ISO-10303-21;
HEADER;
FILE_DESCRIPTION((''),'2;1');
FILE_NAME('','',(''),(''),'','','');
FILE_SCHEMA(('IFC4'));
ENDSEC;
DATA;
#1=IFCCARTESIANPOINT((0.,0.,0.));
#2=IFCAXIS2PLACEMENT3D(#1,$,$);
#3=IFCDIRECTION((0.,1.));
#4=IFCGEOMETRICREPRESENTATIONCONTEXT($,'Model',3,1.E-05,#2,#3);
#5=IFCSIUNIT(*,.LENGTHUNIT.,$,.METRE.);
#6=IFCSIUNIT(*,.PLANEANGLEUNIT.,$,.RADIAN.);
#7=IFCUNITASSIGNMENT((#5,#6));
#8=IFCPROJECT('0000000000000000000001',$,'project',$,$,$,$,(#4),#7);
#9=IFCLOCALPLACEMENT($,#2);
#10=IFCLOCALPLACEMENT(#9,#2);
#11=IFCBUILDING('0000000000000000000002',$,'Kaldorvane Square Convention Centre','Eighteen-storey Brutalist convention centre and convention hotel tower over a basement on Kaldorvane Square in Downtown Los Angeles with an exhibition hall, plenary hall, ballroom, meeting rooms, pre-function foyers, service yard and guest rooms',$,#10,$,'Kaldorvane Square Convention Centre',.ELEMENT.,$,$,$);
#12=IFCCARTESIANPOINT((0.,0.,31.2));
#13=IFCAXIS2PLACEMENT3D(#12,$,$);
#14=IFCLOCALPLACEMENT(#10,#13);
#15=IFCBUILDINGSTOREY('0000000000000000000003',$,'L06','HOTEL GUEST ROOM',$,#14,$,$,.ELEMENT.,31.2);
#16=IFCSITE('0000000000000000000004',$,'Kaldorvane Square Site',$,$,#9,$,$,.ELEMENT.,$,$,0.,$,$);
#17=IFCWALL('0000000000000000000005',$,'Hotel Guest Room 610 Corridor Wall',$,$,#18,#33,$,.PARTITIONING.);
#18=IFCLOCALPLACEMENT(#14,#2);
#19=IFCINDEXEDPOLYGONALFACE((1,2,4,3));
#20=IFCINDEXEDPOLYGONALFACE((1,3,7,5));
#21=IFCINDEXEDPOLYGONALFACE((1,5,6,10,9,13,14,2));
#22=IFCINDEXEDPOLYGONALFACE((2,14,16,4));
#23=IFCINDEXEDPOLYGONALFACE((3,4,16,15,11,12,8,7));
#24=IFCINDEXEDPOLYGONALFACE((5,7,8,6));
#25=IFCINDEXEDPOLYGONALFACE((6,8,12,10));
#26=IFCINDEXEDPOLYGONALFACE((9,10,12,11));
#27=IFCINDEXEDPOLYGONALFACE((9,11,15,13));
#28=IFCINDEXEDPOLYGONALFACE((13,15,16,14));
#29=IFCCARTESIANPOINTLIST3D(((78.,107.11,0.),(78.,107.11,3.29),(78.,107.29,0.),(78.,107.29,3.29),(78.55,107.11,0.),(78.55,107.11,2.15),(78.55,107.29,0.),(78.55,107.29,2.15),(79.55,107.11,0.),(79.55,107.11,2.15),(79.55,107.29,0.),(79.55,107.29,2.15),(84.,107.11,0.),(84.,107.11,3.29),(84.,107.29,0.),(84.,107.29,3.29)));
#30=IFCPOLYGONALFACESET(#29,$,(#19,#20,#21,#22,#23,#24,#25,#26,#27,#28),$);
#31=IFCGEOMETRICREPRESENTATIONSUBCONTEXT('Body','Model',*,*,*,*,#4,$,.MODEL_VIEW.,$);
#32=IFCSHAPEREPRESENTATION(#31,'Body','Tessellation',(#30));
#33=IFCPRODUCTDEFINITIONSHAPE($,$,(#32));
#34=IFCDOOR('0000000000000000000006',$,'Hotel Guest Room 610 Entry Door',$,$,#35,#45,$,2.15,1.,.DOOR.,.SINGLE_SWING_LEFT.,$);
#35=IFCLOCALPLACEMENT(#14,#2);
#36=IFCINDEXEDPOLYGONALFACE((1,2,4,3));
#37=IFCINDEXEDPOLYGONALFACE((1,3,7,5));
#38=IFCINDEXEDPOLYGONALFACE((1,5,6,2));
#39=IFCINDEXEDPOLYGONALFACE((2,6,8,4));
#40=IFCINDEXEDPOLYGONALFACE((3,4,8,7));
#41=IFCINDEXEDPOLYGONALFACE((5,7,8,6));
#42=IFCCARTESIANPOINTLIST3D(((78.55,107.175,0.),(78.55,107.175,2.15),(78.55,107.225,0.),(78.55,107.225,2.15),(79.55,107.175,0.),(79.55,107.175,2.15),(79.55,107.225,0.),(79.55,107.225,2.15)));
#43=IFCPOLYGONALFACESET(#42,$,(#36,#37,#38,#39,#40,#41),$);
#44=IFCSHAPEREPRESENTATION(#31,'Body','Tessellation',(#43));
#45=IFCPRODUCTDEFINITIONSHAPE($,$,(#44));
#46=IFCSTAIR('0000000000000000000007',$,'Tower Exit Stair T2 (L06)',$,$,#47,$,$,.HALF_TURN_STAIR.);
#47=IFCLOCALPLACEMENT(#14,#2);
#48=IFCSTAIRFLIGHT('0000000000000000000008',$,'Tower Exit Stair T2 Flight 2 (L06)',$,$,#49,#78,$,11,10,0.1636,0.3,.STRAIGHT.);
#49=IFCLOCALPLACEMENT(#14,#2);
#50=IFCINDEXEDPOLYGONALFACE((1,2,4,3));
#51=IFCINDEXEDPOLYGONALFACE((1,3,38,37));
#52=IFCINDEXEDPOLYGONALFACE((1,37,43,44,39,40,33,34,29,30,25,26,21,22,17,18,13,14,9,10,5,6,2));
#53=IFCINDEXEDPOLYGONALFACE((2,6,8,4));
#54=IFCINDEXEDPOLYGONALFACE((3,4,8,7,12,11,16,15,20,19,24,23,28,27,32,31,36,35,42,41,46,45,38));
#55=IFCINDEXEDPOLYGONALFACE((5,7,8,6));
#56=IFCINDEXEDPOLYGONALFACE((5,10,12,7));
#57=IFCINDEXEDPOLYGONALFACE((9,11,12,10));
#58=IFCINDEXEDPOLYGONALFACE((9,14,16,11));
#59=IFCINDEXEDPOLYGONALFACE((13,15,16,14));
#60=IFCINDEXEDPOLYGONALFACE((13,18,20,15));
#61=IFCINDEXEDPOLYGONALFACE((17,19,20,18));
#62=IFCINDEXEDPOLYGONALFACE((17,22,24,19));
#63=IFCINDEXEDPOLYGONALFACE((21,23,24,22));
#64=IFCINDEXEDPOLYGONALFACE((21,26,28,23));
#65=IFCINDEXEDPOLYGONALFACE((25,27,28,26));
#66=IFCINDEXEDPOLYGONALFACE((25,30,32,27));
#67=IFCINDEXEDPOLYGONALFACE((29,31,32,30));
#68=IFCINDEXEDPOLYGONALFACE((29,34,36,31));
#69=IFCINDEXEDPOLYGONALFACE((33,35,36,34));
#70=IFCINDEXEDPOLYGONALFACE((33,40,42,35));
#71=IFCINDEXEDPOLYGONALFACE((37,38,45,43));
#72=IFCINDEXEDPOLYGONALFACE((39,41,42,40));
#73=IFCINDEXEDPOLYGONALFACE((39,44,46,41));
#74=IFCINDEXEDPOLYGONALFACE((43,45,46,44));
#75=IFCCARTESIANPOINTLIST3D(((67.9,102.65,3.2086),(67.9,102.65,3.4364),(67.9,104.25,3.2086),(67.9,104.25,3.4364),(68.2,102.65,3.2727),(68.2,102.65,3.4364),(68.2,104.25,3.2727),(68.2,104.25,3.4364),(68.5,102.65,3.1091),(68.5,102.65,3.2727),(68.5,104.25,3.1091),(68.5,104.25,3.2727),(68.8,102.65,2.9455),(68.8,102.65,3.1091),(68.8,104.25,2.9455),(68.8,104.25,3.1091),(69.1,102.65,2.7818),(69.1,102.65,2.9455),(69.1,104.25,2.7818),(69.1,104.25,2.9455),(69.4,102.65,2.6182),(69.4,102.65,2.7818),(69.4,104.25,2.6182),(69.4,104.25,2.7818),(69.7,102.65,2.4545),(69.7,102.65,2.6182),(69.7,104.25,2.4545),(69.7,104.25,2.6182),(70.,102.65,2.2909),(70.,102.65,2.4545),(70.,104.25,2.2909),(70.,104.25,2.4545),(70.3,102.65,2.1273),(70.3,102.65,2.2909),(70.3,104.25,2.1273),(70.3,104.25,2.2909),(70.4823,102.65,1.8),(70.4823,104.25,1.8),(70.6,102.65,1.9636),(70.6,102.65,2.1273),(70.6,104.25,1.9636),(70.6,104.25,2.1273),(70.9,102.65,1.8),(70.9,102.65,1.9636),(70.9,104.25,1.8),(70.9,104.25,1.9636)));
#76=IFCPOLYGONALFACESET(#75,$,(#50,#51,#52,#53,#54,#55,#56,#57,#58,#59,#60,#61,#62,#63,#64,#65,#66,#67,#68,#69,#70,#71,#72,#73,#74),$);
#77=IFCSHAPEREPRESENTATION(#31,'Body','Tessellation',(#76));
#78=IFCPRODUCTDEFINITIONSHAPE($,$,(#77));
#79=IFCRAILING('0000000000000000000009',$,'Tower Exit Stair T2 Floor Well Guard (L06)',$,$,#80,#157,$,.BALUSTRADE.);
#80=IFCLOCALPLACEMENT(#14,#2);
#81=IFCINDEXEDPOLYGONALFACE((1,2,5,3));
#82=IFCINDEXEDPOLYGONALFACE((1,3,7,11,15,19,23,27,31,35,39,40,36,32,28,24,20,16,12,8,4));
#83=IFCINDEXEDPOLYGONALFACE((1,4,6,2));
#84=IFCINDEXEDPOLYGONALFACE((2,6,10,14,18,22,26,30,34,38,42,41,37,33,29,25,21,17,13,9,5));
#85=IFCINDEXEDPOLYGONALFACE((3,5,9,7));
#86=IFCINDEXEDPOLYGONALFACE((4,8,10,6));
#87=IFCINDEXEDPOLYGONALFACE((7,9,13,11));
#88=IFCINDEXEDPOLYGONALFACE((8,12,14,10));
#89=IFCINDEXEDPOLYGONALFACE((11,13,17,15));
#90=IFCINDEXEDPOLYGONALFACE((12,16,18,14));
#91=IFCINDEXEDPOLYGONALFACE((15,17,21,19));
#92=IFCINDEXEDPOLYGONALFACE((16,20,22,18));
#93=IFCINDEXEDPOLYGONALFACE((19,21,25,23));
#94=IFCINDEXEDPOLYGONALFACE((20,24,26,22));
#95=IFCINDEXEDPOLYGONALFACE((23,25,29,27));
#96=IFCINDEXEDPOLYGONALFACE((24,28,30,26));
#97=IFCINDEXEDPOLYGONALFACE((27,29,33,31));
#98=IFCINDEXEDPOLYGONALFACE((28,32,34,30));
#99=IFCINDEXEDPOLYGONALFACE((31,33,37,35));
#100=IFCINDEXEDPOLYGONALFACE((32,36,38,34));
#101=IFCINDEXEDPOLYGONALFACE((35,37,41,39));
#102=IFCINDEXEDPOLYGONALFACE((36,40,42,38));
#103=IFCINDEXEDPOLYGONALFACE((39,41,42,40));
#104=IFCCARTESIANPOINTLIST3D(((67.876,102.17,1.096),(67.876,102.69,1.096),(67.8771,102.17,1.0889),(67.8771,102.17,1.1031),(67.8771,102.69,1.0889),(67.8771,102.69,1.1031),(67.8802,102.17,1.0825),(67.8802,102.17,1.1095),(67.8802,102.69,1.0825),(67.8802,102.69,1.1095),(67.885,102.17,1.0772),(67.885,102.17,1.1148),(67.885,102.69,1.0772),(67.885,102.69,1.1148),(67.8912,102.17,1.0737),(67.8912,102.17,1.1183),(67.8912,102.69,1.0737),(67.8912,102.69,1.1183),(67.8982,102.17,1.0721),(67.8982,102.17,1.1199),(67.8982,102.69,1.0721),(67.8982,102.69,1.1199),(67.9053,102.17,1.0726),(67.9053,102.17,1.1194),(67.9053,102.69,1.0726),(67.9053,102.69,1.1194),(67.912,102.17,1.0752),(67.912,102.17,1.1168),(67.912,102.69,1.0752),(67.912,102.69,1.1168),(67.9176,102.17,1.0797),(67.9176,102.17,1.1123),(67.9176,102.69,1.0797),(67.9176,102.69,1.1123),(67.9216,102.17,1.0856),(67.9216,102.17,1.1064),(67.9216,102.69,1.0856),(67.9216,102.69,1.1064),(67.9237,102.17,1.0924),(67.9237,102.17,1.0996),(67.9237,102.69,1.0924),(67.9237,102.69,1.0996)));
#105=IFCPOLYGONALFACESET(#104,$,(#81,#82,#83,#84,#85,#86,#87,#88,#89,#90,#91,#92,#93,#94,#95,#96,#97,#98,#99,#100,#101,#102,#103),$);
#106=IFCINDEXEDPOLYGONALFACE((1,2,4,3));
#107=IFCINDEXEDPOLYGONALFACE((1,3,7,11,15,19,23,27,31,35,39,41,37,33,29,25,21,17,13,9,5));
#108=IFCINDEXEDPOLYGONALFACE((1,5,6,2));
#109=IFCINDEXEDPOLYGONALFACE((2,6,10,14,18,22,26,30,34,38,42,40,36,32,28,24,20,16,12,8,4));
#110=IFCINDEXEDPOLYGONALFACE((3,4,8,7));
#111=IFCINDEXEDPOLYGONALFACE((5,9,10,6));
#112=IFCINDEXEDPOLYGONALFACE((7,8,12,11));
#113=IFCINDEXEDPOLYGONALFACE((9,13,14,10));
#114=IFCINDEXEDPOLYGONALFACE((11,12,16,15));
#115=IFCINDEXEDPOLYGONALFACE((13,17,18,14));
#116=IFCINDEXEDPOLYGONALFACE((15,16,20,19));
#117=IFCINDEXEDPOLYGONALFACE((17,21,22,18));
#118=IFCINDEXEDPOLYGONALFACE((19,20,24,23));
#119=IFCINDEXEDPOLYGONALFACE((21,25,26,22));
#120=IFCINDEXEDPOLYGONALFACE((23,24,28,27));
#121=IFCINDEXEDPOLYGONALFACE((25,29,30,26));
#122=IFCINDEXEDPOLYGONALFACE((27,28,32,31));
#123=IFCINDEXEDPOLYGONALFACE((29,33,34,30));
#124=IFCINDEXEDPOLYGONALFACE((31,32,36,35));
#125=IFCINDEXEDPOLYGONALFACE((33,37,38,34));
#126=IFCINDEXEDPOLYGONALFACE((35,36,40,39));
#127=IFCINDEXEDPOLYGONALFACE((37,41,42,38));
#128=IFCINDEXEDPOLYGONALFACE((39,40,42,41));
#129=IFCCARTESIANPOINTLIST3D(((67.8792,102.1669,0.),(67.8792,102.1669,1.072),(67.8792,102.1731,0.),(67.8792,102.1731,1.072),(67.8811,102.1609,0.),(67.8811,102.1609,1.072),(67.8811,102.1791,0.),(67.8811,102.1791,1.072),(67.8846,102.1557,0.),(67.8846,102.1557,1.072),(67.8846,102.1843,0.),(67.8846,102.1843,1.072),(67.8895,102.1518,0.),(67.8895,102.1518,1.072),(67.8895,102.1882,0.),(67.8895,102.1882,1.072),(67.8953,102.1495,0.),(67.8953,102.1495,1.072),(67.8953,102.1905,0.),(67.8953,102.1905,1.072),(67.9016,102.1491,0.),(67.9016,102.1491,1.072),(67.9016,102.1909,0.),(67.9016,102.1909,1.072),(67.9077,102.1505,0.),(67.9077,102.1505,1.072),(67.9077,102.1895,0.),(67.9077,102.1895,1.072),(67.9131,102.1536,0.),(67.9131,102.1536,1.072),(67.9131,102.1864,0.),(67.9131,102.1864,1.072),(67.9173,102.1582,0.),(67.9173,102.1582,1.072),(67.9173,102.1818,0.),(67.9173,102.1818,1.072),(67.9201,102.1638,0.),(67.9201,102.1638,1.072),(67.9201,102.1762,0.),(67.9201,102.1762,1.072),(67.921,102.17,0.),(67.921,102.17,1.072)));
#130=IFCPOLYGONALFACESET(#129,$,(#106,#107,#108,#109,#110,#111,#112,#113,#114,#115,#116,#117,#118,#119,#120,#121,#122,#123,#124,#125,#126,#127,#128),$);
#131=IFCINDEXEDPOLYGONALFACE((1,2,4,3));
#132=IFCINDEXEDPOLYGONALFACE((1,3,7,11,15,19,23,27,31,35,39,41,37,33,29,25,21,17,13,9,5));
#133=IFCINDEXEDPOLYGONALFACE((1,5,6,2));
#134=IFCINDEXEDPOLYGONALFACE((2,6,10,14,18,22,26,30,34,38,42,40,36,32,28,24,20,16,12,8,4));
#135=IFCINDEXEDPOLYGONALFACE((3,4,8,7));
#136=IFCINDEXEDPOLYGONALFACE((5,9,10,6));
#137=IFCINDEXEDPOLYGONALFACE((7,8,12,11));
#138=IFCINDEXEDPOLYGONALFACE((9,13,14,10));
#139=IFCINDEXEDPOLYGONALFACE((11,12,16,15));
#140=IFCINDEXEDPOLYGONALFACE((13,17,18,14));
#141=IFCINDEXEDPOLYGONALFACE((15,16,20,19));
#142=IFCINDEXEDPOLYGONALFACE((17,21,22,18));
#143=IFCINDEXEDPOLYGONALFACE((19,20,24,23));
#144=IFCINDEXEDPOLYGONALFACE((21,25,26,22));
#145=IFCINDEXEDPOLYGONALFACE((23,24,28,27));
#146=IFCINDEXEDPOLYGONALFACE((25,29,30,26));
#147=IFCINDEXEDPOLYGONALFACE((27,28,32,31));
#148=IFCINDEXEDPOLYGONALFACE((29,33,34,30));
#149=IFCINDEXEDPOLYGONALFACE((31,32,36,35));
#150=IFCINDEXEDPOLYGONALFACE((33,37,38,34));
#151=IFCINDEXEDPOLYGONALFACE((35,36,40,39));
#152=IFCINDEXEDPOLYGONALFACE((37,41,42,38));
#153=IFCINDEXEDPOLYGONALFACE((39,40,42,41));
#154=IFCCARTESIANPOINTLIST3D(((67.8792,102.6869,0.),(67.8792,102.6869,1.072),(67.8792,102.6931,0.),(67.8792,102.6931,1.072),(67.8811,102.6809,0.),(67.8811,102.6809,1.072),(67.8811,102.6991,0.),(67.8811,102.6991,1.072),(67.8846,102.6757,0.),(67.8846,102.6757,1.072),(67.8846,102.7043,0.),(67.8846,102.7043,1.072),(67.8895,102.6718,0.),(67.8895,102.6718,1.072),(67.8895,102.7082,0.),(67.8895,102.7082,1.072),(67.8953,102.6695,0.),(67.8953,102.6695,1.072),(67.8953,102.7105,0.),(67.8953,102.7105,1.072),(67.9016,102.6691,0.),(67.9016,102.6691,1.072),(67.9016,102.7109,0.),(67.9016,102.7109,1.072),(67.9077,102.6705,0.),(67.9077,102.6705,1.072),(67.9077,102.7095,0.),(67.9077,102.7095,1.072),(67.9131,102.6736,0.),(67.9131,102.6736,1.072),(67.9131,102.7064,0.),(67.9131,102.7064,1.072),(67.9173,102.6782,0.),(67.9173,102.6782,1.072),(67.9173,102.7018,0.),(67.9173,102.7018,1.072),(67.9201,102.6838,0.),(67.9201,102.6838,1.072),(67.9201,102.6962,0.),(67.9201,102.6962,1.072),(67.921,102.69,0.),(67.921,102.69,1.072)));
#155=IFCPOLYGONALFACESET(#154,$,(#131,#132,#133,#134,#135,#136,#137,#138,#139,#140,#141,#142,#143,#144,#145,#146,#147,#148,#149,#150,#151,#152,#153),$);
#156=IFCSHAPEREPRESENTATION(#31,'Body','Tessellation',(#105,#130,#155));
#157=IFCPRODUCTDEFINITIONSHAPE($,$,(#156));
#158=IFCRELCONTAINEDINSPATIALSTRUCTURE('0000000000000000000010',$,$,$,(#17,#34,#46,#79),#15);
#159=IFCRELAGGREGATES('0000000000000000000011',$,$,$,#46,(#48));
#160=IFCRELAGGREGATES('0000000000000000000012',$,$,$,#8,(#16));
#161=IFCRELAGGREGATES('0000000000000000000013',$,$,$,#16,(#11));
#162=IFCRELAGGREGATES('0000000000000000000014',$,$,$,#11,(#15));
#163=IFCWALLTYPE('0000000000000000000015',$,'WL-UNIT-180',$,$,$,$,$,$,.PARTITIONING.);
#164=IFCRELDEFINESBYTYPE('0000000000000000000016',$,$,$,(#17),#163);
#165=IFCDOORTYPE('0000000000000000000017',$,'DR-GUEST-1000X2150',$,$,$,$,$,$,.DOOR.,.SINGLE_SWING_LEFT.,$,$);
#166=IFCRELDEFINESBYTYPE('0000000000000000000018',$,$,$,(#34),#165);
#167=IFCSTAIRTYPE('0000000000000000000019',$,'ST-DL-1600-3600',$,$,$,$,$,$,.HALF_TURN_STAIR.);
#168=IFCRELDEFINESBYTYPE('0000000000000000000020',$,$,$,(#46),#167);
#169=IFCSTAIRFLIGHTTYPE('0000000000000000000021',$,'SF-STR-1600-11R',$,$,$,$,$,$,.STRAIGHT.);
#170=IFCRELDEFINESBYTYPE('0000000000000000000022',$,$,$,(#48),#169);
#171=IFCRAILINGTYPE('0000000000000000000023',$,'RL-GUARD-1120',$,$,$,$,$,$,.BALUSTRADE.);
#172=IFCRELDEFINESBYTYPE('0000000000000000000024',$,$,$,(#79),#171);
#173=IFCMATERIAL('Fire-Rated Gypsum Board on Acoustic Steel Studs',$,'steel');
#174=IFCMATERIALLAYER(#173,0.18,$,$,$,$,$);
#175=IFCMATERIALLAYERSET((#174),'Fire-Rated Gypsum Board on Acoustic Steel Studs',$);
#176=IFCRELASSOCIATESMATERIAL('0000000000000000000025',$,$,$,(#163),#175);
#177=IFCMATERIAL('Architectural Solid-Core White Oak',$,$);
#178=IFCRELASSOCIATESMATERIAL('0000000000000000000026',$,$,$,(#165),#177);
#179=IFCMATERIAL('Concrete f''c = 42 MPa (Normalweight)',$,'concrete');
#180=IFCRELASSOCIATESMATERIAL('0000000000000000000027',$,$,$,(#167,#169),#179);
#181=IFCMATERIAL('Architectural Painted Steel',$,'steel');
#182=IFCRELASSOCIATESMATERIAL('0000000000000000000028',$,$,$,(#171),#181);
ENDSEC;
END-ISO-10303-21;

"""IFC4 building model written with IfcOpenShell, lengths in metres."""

from ifc_helpers import new_model, si_unit, direction, frame, frame_2d, origin, origin_2d, place, context, subcontext, project, spatial, polyline, rectangle, circle, outline, extrude, material, layer, layer_set, type_object, element, fill, aggregate, save


model = new_model("IFC4")

# Units and contexts
model_context = context("Model", 3, precision=1e-05, world=origin(), true_north=direction((0.0, 1.0)))
body_context = subcontext(model_context, "Body", "Model", "MODEL_VIEW")
ifc_project = project(units=[si_unit("LENGTHUNIT", "METRE"), si_unit("PLANEANGLEUNIT", "RADIAN")], contexts=[model_context])

# Site, building, storey
site_placement = place(None, origin())
site = spatial("IfcSite", under=ifc_project, at=site_placement, Name="Kaldorvane Square Site", CompositionType="ELEMENT", RefElevation=0.0)
building_placement = place(site_placement, origin())
building = spatial("IfcBuilding", under=site, at=building_placement, Name="Kaldorvane Square Convention Centre", Description="Eighteen-storey Brutalist convention centre and convention hotel tower over a basement on Kaldorvane Square in Downtown Los Angeles with an exhibition hall, plenary hall, ballroom, meeting rooms, pre-function foyers, service yard and guest rooms", LongName="Kaldorvane Square Convention Centre", CompositionType="ELEMENT")
storey_placement = place(building_placement, frame((0.0, 0.0, 31.2)))
storey = spatial("IfcBuildingStorey", under=building, at=storey_placement, Name="L06", Description="HOTEL GUEST ROOM", CompositionType="ELEMENT", Elevation=31.2)

# Shared definitions
ifc_material_1 = material(Name="Concrete f'c = 42 MPa (Normalweight)", Category="concrete")

# Shared definitions
ifc_material_2 = material(Name="Fire-Rated Gypsum Board on Acoustic Steel Studs", Category="steel")
ifc_material_3 = material(Name="Architectural Solid-Core White Oak")

# Shared definitions
ifc_layer_1 = layer(ifc_material_2, 0.18)
ifc_layer_set_1 = layer_set([ifc_layer_1], Name="Fire-Rated Gypsum Board on Acoustic Steel Studs")
wall_type_1 = type_object("IfcWallType", Name="WL-UNIT-180", PredefinedType="PARTITIONING", material=ifc_layer_set_1)

# Shared definitions
door_type_1 = type_object("IfcDoorType", Name="DR-GUEST-1000X2150", OperationType="SINGLE_SWING_LEFT", PredefinedType="DOOR", material=ifc_material_3)

# Wall, opening, door
wall_1_placement = place(storey_placement, frame((78.0, 107.2, 0.0), z_axis=(0.0, 0.0, 1.0), x_axis=(1.0, 0.0, 0.0)))
wall_1 = element("IfcWall", 1, at=wall_1_placement, inside=storey, type_object=wall_type_1, Name="Hotel Guest Room 610 Corridor Wall", PredefinedType="PARTITIONING", context=body_context, shape_type="SweptSolid", body=[
    extrude(rectangle(XDim=6.0, YDim=0.18, at=frame_2d((3.0, 0.0))), origin(), (0.0, 0.0, 1.0), 3.29),
])
opening_1_placement = place(wall_1_placement, frame((0.55, 0.0, 0.0)))
opening_1 = element("IfcOpeningElement", 2, at=opening_1_placement, cuts=wall_1, PredefinedType="OPENING", context=body_context, shape_type="SweptSolid", body=[
    extrude(rectangle(XDim=1.0, YDim=2.15, at=frame_2d((0.5, 1.075))), frame((0.0, 0.105, 0.0), z_axis=(0.0, -1.0, 0.0), x_axis=(1.0, 0.0, 0.0)), (0.0, 0.0, 1.0), 0.21),
])
door_1_placement = place(opening_1_placement, origin())
door_1 = element("IfcDoor", 3, at=door_1_placement, inside=storey, type_object=door_type_1, Name="Hotel Guest Room 610 Entry Door", OperationType="SINGLE_SWING_LEFT", OverallHeight=2.15, OverallWidth=1.0, PredefinedType="DOOR", context=body_context, shape_type="SweptSolid", body=[
    extrude(rectangle(XDim=1.0, YDim=2.15, at=frame_2d((0.5, 1.075))), frame((0.0, 0.025, 0.0), z_axis=(0.0, -1.0, 0.0), x_axis=(1.0, 0.0, 0.0)), (0.0, 0.0, 1.0), 0.05),
])
fill(opening_1, door_1)

# Stair, stair flight
stair_type = type_object("IfcStairType", Name="ST-DL-1600-3600", PredefinedType="HALF_TURN_STAIR", material=ifc_material_1)
stair_placement = place(storey_placement, origin())
stair = element("IfcStair", 4, at=stair_placement, inside=storey, type_object=stair_type, Name="Tower Exit Stair T2 (L06)", PredefinedType="HALF_TURN_STAIR")
stair_flight_type = type_object("IfcStairFlightType", Name="SF-STR-1600-11R", PredefinedType="STRAIGHT", material=ifc_material_1)
stair_flight_placement = place(storey_placement, frame((70.9, 103.45, 1.8), z_axis=(0.0, 0.0, 1.0), x_axis=(-1.0, 0.0, 0.0)))
stair_flight = element("IfcStairFlight", 5, at=stair_flight_placement, type_object=stair_flight_type, Name="Tower Exit Stair T2 Flight 2 (L06)", NumberOfRisers=11, NumberOfTreads=10, PredefinedType="STRAIGHT", RiserHeight=0.1636, TreadLength=0.3, context=body_context, shape_type="SweptSolid", body=[
    extrude(outline(polyline([(0.0, 0.0), (0.0, 0.1636), (0.3, 0.1636), (0.3, 0.3273), (0.6, 0.3273), (0.6, 0.4909), (0.9, 0.4909), (0.9, 0.6545), (1.2, 0.6545), (1.2, 0.8182), (1.5, 0.8182), (1.5, 0.9818), (1.8, 0.9818), (1.8, 1.1455), (2.1, 1.1455), (2.1, 1.3091), (2.4, 1.3091), (2.4, 1.4727), (2.7, 1.4727), (2.7, 1.6364), (3.0, 1.6364), (3.0, 1.8), (3.0, 1.4086), (0.4177, 0.0), (0.0, 0.0)])), frame((0.0, 0.8, 0.0), z_axis=(0.0, -1.0, 0.0), x_axis=(1.0, 0.0, 0.0)), (0.0, 0.0, 1.0), 1.6),
])
aggregate(stair, [stair_flight])

# Railing
ifc_material_4 = material(Name="Architectural Painted Steel", Category="steel")
railing_type_1 = type_object("IfcRailingType", Name="RL-GUARD-1120", PredefinedType="BALUSTRADE", material=ifc_material_4)
for number, where, name in (
    (6, (67.9, 102.17, 0.0), "Tower Exit Stair T2 Floor Well Guard (L06)"),
):
    element("IfcRailing", number, at=place(storey_placement, frame(where)), inside=storey, type_object=railing_type_1, Name=name, PredefinedType="BALUSTRADE", context=body_context, shape_type="SweptSolid", body=[
        extrude(circle(Radius=0.024, at=origin_2d()), frame((0.0, 0.0, 1.096), z_axis=(0.0, 1.0, 0.0), x_axis=(-1.0, 0.0, 0.0)), (0.0, 0.0, 1.0), 0.52),
        extrude(circle(Radius=0.021, at=origin_2d()), origin(), (0.0, 0.0, 1.0), 1.072),
        extrude(circle(Radius=0.021, at=origin_2d()), frame((0.0, 0.52, 0.0)), (0.0, 0.0, 1.0), 1.072),
    ])

save(model, "model.ifc")
